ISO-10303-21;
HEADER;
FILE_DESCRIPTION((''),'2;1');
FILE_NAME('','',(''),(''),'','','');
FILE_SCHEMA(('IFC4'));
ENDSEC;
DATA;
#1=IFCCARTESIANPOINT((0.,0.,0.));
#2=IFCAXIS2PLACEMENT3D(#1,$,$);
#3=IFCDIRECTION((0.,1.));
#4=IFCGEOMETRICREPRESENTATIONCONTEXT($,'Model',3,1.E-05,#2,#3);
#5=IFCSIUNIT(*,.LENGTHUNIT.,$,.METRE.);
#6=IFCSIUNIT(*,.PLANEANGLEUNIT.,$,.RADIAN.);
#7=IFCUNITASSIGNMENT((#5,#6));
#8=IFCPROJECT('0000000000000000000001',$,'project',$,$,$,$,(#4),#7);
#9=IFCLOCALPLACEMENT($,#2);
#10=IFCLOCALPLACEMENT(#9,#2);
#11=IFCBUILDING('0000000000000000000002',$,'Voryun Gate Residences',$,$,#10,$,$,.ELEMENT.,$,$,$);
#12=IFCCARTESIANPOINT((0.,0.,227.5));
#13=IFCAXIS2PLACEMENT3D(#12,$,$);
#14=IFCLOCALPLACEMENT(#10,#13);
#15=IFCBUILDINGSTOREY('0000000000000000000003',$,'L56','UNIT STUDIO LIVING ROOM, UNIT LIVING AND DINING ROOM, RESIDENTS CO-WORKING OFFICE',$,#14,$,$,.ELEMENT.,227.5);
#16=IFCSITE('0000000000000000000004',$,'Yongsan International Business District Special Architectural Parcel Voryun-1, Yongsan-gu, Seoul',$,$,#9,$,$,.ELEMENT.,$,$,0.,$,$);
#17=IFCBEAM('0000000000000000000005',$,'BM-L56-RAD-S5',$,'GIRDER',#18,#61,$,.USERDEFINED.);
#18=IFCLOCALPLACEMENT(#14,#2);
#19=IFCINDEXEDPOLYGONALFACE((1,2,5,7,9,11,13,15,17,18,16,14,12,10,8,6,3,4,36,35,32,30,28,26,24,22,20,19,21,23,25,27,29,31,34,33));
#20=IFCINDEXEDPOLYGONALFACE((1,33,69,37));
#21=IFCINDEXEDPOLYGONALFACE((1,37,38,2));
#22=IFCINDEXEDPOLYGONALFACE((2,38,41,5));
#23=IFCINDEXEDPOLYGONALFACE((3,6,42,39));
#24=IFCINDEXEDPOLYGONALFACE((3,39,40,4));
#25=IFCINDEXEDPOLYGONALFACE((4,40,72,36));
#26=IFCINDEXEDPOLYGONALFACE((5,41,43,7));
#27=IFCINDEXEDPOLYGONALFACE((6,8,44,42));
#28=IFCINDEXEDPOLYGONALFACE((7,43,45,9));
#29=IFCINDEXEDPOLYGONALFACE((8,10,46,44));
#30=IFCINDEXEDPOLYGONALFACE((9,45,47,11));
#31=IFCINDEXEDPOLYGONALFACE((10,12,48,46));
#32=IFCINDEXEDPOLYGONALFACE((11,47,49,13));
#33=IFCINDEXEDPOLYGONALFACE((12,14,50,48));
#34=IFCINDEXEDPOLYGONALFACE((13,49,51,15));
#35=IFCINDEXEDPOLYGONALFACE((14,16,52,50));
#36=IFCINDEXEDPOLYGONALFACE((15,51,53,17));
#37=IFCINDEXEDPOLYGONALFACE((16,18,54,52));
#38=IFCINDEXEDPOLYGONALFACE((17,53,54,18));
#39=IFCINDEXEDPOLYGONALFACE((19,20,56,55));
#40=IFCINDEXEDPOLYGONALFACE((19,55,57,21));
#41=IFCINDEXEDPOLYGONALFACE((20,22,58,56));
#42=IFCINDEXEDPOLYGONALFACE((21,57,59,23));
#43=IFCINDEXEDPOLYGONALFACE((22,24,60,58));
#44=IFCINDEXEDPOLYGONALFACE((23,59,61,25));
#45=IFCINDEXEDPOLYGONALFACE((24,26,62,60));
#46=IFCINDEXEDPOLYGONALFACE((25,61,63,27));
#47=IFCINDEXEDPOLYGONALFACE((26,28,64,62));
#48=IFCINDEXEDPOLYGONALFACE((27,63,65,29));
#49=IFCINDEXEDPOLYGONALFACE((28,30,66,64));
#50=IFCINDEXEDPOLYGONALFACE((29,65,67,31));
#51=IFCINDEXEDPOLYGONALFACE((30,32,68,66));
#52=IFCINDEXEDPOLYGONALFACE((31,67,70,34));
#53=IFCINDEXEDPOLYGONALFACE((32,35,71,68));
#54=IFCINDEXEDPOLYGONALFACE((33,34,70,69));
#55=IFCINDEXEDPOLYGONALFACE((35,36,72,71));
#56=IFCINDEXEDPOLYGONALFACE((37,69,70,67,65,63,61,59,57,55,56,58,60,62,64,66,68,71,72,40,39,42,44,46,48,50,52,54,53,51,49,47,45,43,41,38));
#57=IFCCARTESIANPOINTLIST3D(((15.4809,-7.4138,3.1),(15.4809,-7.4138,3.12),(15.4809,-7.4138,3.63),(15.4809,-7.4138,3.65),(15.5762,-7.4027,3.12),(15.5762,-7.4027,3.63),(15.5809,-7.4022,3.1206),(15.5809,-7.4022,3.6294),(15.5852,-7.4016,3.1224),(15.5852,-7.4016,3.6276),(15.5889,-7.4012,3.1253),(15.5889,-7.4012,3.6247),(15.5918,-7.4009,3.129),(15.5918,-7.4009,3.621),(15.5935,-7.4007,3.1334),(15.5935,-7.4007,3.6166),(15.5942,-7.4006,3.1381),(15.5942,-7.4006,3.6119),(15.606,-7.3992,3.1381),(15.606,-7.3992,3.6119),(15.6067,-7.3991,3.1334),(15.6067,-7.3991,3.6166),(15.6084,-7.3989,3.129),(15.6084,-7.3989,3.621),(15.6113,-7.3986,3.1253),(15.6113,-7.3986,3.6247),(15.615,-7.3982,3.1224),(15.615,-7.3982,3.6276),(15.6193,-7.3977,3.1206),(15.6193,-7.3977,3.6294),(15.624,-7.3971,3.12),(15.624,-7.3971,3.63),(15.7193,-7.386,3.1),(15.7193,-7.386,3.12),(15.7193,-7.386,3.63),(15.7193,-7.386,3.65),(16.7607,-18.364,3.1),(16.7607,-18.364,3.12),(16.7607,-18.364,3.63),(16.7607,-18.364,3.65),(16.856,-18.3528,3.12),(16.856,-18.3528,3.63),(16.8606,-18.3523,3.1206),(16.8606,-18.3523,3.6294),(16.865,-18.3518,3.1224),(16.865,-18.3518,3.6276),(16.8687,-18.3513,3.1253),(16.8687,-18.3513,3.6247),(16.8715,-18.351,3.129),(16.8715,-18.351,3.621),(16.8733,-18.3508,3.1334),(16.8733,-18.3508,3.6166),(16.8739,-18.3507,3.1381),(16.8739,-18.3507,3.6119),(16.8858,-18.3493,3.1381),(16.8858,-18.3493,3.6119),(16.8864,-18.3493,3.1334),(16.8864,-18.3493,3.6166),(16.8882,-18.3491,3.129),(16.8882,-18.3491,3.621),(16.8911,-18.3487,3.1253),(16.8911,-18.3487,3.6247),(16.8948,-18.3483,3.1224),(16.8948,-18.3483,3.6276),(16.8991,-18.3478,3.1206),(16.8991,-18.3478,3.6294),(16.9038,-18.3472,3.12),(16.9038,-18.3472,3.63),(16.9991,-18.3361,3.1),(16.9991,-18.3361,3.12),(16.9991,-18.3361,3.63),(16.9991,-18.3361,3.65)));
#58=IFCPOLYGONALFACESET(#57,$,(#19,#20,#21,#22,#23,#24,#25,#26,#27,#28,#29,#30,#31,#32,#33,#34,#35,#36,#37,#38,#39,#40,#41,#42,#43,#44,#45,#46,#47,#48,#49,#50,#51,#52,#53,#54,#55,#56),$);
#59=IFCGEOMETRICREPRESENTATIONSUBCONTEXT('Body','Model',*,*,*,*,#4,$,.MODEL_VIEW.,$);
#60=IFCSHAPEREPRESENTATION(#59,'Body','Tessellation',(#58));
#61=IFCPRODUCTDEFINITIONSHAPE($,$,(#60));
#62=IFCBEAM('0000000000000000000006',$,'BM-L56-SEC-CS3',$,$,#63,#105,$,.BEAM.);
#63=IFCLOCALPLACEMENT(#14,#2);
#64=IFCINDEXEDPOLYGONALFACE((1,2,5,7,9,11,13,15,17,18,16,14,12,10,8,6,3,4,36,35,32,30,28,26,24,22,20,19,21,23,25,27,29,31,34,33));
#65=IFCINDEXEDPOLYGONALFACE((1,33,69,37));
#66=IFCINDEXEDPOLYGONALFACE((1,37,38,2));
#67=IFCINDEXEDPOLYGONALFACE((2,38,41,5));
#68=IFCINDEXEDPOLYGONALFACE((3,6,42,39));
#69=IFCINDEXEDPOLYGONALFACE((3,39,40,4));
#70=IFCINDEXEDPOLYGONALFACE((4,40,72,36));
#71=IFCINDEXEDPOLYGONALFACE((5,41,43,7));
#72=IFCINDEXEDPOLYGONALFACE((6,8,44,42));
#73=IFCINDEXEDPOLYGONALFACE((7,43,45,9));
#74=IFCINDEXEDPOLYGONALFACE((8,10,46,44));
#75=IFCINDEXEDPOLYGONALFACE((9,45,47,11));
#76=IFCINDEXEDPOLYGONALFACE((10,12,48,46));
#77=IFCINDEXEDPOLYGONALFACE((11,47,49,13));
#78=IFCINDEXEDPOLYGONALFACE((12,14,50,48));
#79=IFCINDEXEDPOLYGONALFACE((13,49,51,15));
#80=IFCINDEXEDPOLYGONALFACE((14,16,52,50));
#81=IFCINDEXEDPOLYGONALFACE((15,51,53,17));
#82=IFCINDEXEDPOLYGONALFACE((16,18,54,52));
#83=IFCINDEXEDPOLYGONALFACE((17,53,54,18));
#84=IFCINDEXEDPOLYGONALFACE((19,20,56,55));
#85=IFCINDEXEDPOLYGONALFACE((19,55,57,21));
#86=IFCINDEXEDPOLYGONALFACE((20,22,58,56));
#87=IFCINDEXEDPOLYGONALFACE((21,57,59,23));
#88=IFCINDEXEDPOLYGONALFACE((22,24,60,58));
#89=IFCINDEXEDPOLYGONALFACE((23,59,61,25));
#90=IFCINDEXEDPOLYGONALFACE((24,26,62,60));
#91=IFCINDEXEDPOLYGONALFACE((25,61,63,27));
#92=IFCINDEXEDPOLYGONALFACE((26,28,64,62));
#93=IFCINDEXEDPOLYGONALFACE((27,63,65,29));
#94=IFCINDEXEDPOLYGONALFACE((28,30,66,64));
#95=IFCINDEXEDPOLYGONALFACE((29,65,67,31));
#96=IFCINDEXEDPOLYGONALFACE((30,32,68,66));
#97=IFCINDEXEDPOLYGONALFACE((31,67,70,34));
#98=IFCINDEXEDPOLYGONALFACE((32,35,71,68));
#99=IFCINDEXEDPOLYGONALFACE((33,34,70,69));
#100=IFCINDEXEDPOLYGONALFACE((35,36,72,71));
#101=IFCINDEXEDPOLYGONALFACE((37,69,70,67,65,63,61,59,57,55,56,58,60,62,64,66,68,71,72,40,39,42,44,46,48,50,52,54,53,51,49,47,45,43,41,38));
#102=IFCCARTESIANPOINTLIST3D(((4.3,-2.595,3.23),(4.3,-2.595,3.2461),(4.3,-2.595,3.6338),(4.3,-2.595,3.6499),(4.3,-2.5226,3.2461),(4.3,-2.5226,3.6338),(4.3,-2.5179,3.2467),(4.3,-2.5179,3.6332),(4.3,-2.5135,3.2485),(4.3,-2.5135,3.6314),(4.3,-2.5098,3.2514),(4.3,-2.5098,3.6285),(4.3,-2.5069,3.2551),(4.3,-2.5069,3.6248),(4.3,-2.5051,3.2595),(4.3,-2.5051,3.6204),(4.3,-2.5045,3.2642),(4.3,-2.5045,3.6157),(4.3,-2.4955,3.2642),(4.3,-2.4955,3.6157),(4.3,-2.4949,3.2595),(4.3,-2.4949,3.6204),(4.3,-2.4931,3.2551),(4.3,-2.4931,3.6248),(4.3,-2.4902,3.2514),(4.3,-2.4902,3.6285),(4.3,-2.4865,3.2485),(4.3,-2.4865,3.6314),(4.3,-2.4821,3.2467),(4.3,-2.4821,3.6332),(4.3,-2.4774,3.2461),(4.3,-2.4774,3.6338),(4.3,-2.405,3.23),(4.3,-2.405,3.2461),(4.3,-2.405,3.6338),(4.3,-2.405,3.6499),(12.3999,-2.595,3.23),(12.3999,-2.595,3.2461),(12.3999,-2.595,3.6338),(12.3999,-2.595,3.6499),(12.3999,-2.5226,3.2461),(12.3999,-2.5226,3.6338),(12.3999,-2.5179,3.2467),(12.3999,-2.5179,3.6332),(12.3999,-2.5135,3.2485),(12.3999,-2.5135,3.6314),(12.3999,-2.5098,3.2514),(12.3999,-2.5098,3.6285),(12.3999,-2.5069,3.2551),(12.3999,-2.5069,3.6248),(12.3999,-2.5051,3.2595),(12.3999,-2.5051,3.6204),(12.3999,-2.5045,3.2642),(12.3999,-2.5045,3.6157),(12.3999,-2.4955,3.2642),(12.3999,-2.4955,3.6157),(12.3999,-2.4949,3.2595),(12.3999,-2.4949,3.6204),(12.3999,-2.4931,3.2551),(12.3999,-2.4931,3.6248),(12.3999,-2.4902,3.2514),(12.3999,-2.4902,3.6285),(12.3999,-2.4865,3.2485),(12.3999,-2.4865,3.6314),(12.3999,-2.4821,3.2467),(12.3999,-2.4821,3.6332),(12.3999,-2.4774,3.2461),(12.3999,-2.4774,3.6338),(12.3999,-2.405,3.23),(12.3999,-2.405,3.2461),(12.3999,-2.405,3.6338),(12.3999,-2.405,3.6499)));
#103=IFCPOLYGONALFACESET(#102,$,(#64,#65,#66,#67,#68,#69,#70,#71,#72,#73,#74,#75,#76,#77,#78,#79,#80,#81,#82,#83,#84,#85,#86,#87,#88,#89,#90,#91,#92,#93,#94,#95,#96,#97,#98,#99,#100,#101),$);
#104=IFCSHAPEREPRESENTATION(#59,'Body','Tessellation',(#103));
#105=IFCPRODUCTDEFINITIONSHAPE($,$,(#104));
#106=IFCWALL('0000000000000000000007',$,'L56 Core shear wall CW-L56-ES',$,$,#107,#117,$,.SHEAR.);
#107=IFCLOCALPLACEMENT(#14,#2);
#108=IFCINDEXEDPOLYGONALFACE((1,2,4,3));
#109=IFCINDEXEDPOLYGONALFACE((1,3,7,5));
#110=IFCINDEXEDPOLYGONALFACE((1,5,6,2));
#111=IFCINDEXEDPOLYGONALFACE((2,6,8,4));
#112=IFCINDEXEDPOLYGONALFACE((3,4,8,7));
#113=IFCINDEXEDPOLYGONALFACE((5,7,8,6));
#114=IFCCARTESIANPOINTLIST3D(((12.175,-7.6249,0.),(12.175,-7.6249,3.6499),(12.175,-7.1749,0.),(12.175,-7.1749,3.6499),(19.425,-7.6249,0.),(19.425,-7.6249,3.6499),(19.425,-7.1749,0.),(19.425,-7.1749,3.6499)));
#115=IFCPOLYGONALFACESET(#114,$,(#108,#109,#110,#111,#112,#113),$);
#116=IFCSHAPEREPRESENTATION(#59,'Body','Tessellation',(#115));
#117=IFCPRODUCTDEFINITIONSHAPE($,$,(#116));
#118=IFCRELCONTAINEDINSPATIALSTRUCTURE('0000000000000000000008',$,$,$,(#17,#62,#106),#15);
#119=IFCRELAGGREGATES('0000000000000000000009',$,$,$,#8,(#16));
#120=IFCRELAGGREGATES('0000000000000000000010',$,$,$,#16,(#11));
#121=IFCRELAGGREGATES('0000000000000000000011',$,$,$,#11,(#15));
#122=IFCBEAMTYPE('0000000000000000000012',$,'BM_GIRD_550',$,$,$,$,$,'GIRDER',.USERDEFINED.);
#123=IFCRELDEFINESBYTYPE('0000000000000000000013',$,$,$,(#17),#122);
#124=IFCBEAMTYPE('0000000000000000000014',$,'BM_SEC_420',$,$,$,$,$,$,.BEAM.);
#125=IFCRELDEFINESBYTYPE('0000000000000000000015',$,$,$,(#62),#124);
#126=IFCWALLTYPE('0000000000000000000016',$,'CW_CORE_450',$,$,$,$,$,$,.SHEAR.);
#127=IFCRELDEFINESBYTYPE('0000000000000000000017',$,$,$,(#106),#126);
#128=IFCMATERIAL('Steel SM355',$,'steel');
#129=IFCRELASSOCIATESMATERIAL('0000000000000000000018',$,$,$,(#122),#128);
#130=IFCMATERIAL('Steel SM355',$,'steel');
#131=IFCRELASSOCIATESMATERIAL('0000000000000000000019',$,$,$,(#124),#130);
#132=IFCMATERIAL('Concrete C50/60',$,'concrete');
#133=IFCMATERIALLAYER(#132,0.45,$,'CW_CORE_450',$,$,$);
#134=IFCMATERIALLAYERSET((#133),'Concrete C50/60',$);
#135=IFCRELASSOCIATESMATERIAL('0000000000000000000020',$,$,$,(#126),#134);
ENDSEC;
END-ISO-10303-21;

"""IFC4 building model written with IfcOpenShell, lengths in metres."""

from ifc_helpers import new_model, si_unit, direction, frame, frame_2d, origin, origin_2d, place, context, subcontext, project, spatial, rectangle, i_section, extrude, material, layer, layer_set, material_profile, profile_set, type_object, element, save


model = new_model("IFC4")

# Units and contexts
model_context = context("Model", 3, precision=1e-05, world=origin(), true_north=direction((0.0, 1.0)))
body_context = subcontext(model_context, "Body", "Model", "MODEL_VIEW")
ifc_project = project(units=[si_unit("LENGTHUNIT", "METRE"), si_unit("PLANEANGLEUNIT", "RADIAN")], contexts=[model_context])

# Site, building, storey
site_placement = place(None, origin())
site = spatial("IfcSite", under=ifc_project, at=site_placement, Name="Yongsan International Business District Special Architectural Parcel Voryun-1, Yongsan-gu, Seoul", CompositionType="ELEMENT", RefElevation=0.0)
building_placement = place(site_placement, origin())
building = spatial("IfcBuilding", under=site, at=building_placement, Name="Voryun Gate Residences", CompositionType="ELEMENT")
storey_placement = place(building_placement, frame((0.0, 0.0, 227.5)))
storey = spatial("IfcBuildingStorey", under=building, at=storey_placement, Name="L56", Description="UNIT STUDIO LIVING ROOM, UNIT LIVING AND DINING ROOM, RESIDENTS CO-WORKING OFFICE", CompositionType="ELEMENT", Elevation=227.5)

# Beams
ifc_material_1 = material(Name="Steel SM355", Category="steel")
ifc_material_profile_1 = material_profile(ifc_material_1, i_section(OverallWidth=0.24, OverallDepth=0.55, WebThickness=0.012, FlangeThickness=0.02, FilletRadius=0.0181, at=origin_2d()), Name="H-550x240x12x20")
ifc_profile_set_1 = profile_set([ifc_material_profile_1], Name="Steel SM355")
beam_type_1 = type_object("IfcBeamType", Name="BM_GIRD_550", ElementType="GIRDER", PredefinedType="USERDEFINED", material=ifc_profile_set_1)
beam_1_placement = place(storey_placement, frame((15.6001, -7.3999, 3.375), z_axis=(0.116083, -0.993239, 0.0), x_axis=(0.993239, 0.116083, 0.0)))
element("IfcBeam", 1, at=beam_1_placement, inside=storey, type_object=beam_type_1, Name="BM-L56-RAD-S5", ObjectType="GIRDER", PredefinedType="USERDEFINED", context=body_context, shape_type="SweptSolid", body=[
    extrude(i_section(OverallWidth=0.24, OverallDepth=0.55, WebThickness=0.012, FlangeThickness=0.02, FilletRadius=0.0181, at=origin_2d()), origin(), (0.0, 0.0, 1.0), 11.0247),
])
ifc_material_2 = material(Name="Steel SM355", Category="steel")
ifc_material_profile_2 = material_profile(ifc_material_2, i_section(OverallWidth=0.1899, OverallDepth=0.4199, WebThickness=0.009, FlangeThickness=0.0161, FilletRadius=0.0181, at=origin_2d()), Name="H-420x190x9x16")
ifc_profile_set_2 = profile_set([ifc_material_profile_2], Name="Steel SM355")
beam_type_2 = type_object("IfcBeamType", Name="BM_SEC_420", PredefinedType="BEAM", material=ifc_profile_set_2)
beam_2_placement = place(storey_placement, frame((4.3, -2.5, 3.4399), z_axis=(1.0, 0.0, 0.0), x_axis=(0.0, 1.0, 0.0)))
element("IfcBeam", 2, at=beam_2_placement, inside=storey, type_object=beam_type_2, Name="BM-L56-SEC-CS3", PredefinedType="BEAM", context=body_context, shape_type="SweptSolid", body=[
    extrude(i_section(OverallWidth=0.1899, OverallDepth=0.4199, WebThickness=0.009, FlangeThickness=0.0161, FilletRadius=0.0181, at=origin_2d()), origin(), (0.0, 0.0, 1.0), 8.0999),
])

# Wall
ifc_material_3 = material(Name="Concrete C50/60", Category="concrete")
ifc_layer_1 = layer(ifc_material_3, 0.45, Name="CW_CORE_450")
ifc_layer_set_1 = layer_set([ifc_layer_1], Name="Concrete C50/60")
wall_type_1 = type_object("IfcWallType", Name="CW_CORE_450", PredefinedType="SHEAR", material=ifc_layer_set_1)
wall_1_placement = place(storey_placement, frame((12.175, -7.3999, 0.0), z_axis=(0.0, 0.0, 1.0), x_axis=(1.0, 0.0, 0.0)))
element("IfcWall", 3, at=wall_1_placement, inside=storey, type_object=wall_type_1, Name="L56 Core shear wall CW-L56-ES", PredefinedType="SHEAR", context=body_context, shape_type="SweptSolid", body=[
    extrude(rectangle(XDim=7.25, YDim=0.45, at=frame_2d((3.625, 0.0))), origin(), (0.0, 0.0, 1.0), 3.6499),
])

save(model, "model.ifc")
